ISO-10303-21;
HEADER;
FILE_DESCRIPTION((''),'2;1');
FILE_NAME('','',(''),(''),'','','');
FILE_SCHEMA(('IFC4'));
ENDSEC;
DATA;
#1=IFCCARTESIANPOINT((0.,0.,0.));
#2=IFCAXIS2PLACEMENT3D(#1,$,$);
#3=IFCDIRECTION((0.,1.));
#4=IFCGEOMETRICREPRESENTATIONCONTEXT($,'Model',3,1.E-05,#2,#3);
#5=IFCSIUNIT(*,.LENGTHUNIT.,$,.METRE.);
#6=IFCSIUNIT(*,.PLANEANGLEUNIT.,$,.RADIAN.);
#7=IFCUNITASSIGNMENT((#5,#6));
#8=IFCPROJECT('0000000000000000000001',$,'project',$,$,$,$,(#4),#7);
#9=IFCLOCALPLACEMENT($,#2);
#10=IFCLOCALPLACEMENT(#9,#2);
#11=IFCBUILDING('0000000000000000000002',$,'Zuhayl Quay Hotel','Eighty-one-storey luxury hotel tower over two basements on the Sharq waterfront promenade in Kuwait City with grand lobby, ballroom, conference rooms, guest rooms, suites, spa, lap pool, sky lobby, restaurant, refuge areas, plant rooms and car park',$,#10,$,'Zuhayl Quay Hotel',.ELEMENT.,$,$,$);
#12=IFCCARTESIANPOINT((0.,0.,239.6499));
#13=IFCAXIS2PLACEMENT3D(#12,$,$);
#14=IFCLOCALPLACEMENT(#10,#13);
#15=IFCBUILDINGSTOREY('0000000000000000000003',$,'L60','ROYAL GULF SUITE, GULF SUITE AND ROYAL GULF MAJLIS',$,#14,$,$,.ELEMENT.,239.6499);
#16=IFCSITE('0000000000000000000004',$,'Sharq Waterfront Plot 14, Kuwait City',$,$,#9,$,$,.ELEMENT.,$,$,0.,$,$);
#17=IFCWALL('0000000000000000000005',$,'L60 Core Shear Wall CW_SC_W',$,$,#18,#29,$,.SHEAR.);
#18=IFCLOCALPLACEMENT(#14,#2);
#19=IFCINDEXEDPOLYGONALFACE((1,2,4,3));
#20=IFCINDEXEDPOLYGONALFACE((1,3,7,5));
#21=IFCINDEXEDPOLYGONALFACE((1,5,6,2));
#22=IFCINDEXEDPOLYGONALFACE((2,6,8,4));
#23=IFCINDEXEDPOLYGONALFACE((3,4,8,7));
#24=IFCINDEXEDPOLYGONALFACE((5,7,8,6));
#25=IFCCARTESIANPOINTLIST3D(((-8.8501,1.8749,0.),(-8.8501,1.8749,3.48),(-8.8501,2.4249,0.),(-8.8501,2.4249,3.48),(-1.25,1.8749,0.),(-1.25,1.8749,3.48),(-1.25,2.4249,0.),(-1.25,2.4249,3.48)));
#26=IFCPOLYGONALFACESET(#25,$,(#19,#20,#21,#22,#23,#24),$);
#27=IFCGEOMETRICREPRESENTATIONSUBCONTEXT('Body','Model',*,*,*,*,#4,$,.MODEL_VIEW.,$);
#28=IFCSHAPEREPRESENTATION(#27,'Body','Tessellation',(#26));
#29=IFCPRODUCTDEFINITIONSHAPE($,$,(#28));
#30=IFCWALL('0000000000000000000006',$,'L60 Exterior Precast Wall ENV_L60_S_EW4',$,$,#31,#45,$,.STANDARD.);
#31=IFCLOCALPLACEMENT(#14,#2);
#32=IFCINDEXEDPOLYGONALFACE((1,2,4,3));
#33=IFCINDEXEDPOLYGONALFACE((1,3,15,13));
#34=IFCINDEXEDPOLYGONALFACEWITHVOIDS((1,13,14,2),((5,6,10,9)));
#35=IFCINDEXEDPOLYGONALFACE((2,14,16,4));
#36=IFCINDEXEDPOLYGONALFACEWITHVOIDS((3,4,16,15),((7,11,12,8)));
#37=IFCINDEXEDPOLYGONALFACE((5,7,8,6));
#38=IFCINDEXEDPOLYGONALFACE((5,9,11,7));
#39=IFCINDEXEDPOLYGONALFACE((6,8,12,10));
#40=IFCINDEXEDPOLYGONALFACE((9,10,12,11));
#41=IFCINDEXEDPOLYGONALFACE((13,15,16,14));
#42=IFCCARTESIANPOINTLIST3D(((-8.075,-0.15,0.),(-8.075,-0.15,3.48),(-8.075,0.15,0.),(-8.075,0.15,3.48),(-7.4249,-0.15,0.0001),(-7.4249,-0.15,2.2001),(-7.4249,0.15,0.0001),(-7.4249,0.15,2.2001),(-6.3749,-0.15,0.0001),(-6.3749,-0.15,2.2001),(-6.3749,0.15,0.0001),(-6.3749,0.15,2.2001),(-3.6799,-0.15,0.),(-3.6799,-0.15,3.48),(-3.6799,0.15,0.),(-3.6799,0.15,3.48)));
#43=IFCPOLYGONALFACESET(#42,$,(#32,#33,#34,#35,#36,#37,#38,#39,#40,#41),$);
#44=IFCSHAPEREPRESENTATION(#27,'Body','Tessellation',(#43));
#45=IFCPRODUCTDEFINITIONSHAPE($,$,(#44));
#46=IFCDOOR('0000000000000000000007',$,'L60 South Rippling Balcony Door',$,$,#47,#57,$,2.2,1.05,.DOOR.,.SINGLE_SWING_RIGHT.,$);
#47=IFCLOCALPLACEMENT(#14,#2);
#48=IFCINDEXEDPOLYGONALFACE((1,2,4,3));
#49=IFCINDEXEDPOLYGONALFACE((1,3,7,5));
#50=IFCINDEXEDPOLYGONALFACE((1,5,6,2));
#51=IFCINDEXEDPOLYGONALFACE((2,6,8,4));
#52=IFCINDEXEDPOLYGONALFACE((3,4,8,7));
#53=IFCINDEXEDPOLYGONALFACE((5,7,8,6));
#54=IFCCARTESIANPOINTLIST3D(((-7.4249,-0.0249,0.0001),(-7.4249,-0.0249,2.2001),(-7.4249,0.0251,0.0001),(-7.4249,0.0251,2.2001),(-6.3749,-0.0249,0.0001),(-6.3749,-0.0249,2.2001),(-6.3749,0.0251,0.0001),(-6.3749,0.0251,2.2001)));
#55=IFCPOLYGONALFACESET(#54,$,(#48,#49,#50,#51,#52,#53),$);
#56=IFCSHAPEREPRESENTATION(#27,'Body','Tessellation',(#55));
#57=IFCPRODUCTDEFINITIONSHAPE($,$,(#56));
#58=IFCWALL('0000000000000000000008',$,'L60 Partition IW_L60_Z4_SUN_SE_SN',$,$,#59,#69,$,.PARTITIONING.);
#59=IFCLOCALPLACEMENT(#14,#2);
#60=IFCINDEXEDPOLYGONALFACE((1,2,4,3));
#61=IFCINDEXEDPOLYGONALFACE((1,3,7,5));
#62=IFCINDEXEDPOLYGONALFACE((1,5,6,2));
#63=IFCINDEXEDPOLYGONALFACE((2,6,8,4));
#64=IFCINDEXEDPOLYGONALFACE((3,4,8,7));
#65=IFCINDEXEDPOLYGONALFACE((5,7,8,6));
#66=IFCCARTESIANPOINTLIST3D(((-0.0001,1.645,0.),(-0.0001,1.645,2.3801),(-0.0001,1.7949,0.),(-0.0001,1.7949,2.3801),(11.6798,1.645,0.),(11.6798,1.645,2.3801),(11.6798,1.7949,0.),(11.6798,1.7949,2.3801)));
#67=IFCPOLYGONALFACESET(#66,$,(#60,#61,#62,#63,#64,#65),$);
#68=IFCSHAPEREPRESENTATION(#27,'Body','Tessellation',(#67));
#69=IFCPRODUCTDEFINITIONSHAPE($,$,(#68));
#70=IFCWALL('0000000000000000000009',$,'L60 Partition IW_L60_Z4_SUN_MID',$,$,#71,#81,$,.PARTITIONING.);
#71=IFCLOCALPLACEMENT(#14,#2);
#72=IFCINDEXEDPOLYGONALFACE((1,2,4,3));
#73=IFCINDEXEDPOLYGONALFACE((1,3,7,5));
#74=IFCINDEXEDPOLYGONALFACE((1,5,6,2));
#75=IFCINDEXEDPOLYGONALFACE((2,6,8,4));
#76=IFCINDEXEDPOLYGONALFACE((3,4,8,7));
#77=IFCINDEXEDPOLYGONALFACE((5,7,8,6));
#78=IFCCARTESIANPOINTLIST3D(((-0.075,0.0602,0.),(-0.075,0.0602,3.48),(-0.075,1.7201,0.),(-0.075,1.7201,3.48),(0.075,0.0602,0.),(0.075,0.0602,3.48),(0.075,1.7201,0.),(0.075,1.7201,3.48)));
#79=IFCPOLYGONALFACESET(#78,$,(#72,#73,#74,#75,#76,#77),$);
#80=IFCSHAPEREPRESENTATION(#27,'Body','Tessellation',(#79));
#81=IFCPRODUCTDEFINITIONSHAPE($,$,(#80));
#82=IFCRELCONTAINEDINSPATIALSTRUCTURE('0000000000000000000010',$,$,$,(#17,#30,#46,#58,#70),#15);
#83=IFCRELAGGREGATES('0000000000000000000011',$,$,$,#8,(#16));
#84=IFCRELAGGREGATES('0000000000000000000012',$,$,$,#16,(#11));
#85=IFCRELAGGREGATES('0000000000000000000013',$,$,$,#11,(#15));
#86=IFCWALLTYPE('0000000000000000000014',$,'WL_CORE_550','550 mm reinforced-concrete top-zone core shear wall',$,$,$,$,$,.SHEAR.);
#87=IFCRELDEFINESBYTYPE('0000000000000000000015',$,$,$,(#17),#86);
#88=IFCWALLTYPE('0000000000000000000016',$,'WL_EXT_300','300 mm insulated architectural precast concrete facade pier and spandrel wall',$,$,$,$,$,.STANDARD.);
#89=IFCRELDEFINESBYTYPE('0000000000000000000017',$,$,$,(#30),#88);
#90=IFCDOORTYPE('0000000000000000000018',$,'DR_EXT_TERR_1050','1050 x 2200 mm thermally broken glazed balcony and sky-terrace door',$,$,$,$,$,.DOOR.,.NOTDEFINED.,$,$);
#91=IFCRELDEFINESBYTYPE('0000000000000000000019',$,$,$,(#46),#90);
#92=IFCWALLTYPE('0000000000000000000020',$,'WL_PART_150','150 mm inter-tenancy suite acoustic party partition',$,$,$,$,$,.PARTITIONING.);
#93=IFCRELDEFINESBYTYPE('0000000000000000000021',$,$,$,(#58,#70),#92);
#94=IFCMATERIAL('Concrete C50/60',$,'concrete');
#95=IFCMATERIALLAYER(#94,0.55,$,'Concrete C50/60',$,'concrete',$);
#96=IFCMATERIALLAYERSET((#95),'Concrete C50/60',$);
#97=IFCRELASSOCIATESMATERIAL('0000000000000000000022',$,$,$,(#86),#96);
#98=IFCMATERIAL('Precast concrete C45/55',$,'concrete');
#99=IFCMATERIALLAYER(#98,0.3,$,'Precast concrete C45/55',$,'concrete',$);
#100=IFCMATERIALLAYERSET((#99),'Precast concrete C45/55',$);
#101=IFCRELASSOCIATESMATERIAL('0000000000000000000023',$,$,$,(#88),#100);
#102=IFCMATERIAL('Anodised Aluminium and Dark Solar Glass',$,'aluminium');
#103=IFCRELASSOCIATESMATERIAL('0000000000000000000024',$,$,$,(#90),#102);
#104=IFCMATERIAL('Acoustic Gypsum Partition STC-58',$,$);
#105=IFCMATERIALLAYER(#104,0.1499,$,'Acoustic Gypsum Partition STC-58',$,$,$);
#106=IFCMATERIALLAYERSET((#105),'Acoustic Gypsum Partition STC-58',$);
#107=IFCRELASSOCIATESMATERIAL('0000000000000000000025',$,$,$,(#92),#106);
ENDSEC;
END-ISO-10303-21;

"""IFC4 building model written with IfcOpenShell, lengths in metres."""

from ifc_helpers import new_model, si_unit, direction, frame, frame_2d, origin, place, context, subcontext, project, spatial, rectangle, extrude, material, layer, layer_set, type_object, element, fill, save


model = new_model("IFC4")

# Units and contexts
model_context = context("Model", 3, precision=1e-05, world=origin(), true_north=direction((0.0, 1.0)))
body_context = subcontext(model_context, "Body", "Model", "MODEL_VIEW")
ifc_project = project(units=[si_unit("LENGTHUNIT", "METRE"), si_unit("PLANEANGLEUNIT", "RADIAN")], contexts=[model_context])

# Site, building, storey
site_placement = place(None, origin())
site = spatial("IfcSite", under=ifc_project, at=site_placement, Name="Sharq Waterfront Plot 14, Kuwait City", CompositionType="ELEMENT", RefElevation=0.0)
building_placement = place(site_placement, origin())
building = spatial("IfcBuilding", under=site, at=building_placement, Name="Zuhayl Quay Hotel", Description="Eighty-one-storey luxury hotel tower over two basements on the Sharq waterfront promenade in Kuwait City with grand lobby, ballroom, conference rooms, guest rooms, suites, spa, lap pool, sky lobby, restaurant, refuge areas, plant rooms and car park", LongName="Zuhayl Quay Hotel", CompositionType="ELEMENT")
storey_placement = place(building_placement, frame((0.0, 0.0, 239.6499)))
storey = spatial("IfcBuildingStorey", under=building, at=storey_placement, Name="L60", Description="ROYAL GULF SUITE, GULF SUITE AND ROYAL GULF MAJLIS", CompositionType="ELEMENT", Elevation=239.6499)

# Wall
ifc_material_1 = material(Name="Concrete C50/60", Category="concrete")
ifc_layer_1 = layer(ifc_material_1, 0.55, Name="Concrete C50/60", Category="concrete")
ifc_layer_set_1 = layer_set([ifc_layer_1], Name="Concrete C50/60")
wall_type_1 = type_object("IfcWallType", Name="WL_CORE_550", Description="550 mm reinforced-concrete top-zone core shear wall", PredefinedType="SHEAR", material=ifc_layer_set_1)
wall_1_placement = place(storey_placement, frame((-8.8501, 2.1499, 0.0), z_axis=(0.0, 0.0, 1.0), x_axis=(1.0, 0.0, 0.0)))
element("IfcWall", 1, at=wall_1_placement, inside=storey, type_object=wall_type_1, Name="L60 Core Shear Wall CW_SC_W", PredefinedType="SHEAR", context=body_context, shape_type="SweptSolid", body=[
    extrude(rectangle(XDim=7.6001, YDim=0.55, at=frame_2d((3.8, 0.0))), origin(), (0.0, 0.0, 1.0), 3.48),
])

# Wall, opening, door
ifc_material_2 = material(Name="Precast concrete C45/55", Category="concrete")
ifc_layer_2 = layer(ifc_material_2, 0.3, Name="Precast concrete C45/55", Category="concrete")
ifc_layer_set_2 = layer_set([ifc_layer_2], Name="Precast concrete C45/55")
wall_type_2 = type_object("IfcWallType", Name="WL_EXT_300", Description="300 mm insulated architectural precast concrete facade pier and spandrel wall", PredefinedType="STANDARD", material=ifc_layer_set_2)
wall_2_placement = place(storey_placement, frame((-3.6799, 0.0, 0.0), z_axis=(0.0, 0.0, 1.0), x_axis=(-1.0, 0.0, 0.0)))
wall_2 = element("IfcWall", 2, at=wall_2_placement, inside=storey, type_object=wall_type_2, Name="L60 Exterior Precast Wall ENV_L60_S_EW4", PredefinedType="STANDARD", context=body_context, shape_type="SweptSolid", body=[
    extrude(rectangle(XDim=4.395, YDim=0.3, at=frame_2d((2.1975, 0.0))), origin(), (0.0, 0.0, 1.0), 3.48),
])
opening_placement = place(wall_2_placement, frame((2.6951, 0.0, 0.0)))
opening = element("IfcOpeningElement", 3, at=opening_placement, cuts=wall_2, PredefinedType="OPENING", context=body_context, shape_type="SweptSolid", body=[
    extrude(rectangle(XDim=1.05, YDim=2.2, at=frame_2d((0.5249, 1.1001))), frame((0.0, 0.1599, 0.0), z_axis=(0.0, -1.0, 0.0), x_axis=(1.0, 0.0, 0.0)), (0.0, 0.0, 1.0), 0.3201),
])
ifc_material_3 = material(Name="Anodised Aluminium and Dark Solar Glass", Category="aluminium")
door_type = type_object("IfcDoorType", Name="DR_EXT_TERR_1050", Description="1050 x 2200 mm thermally broken glazed balcony and sky-terrace door", OperationType="NOTDEFINED", PredefinedType="DOOR", material=ifc_material_3)
door_placement = place(opening_placement, origin())
door = element("IfcDoor", 4, at=door_placement, inside=storey, type_object=door_type, Name="L60 South Rippling Balcony Door", OperationType="SINGLE_SWING_RIGHT", OverallHeight=2.2, OverallWidth=1.05, PredefinedType="DOOR", context=body_context, shape_type="SweptSolid", body=[
    extrude(rectangle(XDim=1.05, YDim=2.2, at=frame_2d((0.5249, 1.1001))), frame((0.0, 0.0249, 0.0), z_axis=(0.0, -1.0, 0.0), x_axis=(1.0, 0.0, 0.0)), (0.0, 0.0, 1.0), 0.05),
])
fill(opening, door)

# Walls
ifc_material_4 = material(Name="Acoustic Gypsum Partition STC-58")
ifc_layer_3 = layer(ifc_material_4, 0.1499, Name="Acoustic Gypsum Partition STC-58")
ifc_layer_set_3 = layer_set([ifc_layer_3], Name="Acoustic Gypsum Partition STC-58")
wall_type_3 = type_object("IfcWallType", Name="WL_PART_150", Description="150 mm inter-tenancy suite acoustic party partition", PredefinedType="PARTITIONING", material=ifc_layer_set_3)
wall_3_placement = place(storey_placement, frame((0.0, 1.72, 0.0), z_axis=(0.0, 0.0, 1.0), x_axis=(1.0, 0.0, 0.0)))
element("IfcWall", 5, at=wall_3_placement, inside=storey, type_object=wall_type_3, Name="L60 Partition IW_L60_Z4_SUN_SE_SN", PredefinedType="PARTITIONING", context=body_context, shape_type="SweptSolid", body=[
    extrude(rectangle(XDim=11.6799, YDim=0.1499, at=frame_2d((5.8398, 0.0))), origin(), (0.0, 0.0, 1.0), 2.3801),
])
wall_4_placement = place(storey_placement, frame((0.0, 0.0601, 0.0), z_axis=(0.0, 0.0, 1.0), x_axis=(0.0, 1.0, 0.0)))
element("IfcWall", 6, at=wall_4_placement, inside=storey, type_object=wall_type_3, Name="L60 Partition IW_L60_Z4_SUN_MID", PredefinedType="PARTITIONING", context=body_context, shape_type="SweptSolid", body=[
    extrude(rectangle(XDim=1.6599, YDim=0.1499, at=frame_2d((0.8301, 0.0))), origin(), (0.0, 0.0, 1.0), 3.48),
])

save(model, "model.ifc")
